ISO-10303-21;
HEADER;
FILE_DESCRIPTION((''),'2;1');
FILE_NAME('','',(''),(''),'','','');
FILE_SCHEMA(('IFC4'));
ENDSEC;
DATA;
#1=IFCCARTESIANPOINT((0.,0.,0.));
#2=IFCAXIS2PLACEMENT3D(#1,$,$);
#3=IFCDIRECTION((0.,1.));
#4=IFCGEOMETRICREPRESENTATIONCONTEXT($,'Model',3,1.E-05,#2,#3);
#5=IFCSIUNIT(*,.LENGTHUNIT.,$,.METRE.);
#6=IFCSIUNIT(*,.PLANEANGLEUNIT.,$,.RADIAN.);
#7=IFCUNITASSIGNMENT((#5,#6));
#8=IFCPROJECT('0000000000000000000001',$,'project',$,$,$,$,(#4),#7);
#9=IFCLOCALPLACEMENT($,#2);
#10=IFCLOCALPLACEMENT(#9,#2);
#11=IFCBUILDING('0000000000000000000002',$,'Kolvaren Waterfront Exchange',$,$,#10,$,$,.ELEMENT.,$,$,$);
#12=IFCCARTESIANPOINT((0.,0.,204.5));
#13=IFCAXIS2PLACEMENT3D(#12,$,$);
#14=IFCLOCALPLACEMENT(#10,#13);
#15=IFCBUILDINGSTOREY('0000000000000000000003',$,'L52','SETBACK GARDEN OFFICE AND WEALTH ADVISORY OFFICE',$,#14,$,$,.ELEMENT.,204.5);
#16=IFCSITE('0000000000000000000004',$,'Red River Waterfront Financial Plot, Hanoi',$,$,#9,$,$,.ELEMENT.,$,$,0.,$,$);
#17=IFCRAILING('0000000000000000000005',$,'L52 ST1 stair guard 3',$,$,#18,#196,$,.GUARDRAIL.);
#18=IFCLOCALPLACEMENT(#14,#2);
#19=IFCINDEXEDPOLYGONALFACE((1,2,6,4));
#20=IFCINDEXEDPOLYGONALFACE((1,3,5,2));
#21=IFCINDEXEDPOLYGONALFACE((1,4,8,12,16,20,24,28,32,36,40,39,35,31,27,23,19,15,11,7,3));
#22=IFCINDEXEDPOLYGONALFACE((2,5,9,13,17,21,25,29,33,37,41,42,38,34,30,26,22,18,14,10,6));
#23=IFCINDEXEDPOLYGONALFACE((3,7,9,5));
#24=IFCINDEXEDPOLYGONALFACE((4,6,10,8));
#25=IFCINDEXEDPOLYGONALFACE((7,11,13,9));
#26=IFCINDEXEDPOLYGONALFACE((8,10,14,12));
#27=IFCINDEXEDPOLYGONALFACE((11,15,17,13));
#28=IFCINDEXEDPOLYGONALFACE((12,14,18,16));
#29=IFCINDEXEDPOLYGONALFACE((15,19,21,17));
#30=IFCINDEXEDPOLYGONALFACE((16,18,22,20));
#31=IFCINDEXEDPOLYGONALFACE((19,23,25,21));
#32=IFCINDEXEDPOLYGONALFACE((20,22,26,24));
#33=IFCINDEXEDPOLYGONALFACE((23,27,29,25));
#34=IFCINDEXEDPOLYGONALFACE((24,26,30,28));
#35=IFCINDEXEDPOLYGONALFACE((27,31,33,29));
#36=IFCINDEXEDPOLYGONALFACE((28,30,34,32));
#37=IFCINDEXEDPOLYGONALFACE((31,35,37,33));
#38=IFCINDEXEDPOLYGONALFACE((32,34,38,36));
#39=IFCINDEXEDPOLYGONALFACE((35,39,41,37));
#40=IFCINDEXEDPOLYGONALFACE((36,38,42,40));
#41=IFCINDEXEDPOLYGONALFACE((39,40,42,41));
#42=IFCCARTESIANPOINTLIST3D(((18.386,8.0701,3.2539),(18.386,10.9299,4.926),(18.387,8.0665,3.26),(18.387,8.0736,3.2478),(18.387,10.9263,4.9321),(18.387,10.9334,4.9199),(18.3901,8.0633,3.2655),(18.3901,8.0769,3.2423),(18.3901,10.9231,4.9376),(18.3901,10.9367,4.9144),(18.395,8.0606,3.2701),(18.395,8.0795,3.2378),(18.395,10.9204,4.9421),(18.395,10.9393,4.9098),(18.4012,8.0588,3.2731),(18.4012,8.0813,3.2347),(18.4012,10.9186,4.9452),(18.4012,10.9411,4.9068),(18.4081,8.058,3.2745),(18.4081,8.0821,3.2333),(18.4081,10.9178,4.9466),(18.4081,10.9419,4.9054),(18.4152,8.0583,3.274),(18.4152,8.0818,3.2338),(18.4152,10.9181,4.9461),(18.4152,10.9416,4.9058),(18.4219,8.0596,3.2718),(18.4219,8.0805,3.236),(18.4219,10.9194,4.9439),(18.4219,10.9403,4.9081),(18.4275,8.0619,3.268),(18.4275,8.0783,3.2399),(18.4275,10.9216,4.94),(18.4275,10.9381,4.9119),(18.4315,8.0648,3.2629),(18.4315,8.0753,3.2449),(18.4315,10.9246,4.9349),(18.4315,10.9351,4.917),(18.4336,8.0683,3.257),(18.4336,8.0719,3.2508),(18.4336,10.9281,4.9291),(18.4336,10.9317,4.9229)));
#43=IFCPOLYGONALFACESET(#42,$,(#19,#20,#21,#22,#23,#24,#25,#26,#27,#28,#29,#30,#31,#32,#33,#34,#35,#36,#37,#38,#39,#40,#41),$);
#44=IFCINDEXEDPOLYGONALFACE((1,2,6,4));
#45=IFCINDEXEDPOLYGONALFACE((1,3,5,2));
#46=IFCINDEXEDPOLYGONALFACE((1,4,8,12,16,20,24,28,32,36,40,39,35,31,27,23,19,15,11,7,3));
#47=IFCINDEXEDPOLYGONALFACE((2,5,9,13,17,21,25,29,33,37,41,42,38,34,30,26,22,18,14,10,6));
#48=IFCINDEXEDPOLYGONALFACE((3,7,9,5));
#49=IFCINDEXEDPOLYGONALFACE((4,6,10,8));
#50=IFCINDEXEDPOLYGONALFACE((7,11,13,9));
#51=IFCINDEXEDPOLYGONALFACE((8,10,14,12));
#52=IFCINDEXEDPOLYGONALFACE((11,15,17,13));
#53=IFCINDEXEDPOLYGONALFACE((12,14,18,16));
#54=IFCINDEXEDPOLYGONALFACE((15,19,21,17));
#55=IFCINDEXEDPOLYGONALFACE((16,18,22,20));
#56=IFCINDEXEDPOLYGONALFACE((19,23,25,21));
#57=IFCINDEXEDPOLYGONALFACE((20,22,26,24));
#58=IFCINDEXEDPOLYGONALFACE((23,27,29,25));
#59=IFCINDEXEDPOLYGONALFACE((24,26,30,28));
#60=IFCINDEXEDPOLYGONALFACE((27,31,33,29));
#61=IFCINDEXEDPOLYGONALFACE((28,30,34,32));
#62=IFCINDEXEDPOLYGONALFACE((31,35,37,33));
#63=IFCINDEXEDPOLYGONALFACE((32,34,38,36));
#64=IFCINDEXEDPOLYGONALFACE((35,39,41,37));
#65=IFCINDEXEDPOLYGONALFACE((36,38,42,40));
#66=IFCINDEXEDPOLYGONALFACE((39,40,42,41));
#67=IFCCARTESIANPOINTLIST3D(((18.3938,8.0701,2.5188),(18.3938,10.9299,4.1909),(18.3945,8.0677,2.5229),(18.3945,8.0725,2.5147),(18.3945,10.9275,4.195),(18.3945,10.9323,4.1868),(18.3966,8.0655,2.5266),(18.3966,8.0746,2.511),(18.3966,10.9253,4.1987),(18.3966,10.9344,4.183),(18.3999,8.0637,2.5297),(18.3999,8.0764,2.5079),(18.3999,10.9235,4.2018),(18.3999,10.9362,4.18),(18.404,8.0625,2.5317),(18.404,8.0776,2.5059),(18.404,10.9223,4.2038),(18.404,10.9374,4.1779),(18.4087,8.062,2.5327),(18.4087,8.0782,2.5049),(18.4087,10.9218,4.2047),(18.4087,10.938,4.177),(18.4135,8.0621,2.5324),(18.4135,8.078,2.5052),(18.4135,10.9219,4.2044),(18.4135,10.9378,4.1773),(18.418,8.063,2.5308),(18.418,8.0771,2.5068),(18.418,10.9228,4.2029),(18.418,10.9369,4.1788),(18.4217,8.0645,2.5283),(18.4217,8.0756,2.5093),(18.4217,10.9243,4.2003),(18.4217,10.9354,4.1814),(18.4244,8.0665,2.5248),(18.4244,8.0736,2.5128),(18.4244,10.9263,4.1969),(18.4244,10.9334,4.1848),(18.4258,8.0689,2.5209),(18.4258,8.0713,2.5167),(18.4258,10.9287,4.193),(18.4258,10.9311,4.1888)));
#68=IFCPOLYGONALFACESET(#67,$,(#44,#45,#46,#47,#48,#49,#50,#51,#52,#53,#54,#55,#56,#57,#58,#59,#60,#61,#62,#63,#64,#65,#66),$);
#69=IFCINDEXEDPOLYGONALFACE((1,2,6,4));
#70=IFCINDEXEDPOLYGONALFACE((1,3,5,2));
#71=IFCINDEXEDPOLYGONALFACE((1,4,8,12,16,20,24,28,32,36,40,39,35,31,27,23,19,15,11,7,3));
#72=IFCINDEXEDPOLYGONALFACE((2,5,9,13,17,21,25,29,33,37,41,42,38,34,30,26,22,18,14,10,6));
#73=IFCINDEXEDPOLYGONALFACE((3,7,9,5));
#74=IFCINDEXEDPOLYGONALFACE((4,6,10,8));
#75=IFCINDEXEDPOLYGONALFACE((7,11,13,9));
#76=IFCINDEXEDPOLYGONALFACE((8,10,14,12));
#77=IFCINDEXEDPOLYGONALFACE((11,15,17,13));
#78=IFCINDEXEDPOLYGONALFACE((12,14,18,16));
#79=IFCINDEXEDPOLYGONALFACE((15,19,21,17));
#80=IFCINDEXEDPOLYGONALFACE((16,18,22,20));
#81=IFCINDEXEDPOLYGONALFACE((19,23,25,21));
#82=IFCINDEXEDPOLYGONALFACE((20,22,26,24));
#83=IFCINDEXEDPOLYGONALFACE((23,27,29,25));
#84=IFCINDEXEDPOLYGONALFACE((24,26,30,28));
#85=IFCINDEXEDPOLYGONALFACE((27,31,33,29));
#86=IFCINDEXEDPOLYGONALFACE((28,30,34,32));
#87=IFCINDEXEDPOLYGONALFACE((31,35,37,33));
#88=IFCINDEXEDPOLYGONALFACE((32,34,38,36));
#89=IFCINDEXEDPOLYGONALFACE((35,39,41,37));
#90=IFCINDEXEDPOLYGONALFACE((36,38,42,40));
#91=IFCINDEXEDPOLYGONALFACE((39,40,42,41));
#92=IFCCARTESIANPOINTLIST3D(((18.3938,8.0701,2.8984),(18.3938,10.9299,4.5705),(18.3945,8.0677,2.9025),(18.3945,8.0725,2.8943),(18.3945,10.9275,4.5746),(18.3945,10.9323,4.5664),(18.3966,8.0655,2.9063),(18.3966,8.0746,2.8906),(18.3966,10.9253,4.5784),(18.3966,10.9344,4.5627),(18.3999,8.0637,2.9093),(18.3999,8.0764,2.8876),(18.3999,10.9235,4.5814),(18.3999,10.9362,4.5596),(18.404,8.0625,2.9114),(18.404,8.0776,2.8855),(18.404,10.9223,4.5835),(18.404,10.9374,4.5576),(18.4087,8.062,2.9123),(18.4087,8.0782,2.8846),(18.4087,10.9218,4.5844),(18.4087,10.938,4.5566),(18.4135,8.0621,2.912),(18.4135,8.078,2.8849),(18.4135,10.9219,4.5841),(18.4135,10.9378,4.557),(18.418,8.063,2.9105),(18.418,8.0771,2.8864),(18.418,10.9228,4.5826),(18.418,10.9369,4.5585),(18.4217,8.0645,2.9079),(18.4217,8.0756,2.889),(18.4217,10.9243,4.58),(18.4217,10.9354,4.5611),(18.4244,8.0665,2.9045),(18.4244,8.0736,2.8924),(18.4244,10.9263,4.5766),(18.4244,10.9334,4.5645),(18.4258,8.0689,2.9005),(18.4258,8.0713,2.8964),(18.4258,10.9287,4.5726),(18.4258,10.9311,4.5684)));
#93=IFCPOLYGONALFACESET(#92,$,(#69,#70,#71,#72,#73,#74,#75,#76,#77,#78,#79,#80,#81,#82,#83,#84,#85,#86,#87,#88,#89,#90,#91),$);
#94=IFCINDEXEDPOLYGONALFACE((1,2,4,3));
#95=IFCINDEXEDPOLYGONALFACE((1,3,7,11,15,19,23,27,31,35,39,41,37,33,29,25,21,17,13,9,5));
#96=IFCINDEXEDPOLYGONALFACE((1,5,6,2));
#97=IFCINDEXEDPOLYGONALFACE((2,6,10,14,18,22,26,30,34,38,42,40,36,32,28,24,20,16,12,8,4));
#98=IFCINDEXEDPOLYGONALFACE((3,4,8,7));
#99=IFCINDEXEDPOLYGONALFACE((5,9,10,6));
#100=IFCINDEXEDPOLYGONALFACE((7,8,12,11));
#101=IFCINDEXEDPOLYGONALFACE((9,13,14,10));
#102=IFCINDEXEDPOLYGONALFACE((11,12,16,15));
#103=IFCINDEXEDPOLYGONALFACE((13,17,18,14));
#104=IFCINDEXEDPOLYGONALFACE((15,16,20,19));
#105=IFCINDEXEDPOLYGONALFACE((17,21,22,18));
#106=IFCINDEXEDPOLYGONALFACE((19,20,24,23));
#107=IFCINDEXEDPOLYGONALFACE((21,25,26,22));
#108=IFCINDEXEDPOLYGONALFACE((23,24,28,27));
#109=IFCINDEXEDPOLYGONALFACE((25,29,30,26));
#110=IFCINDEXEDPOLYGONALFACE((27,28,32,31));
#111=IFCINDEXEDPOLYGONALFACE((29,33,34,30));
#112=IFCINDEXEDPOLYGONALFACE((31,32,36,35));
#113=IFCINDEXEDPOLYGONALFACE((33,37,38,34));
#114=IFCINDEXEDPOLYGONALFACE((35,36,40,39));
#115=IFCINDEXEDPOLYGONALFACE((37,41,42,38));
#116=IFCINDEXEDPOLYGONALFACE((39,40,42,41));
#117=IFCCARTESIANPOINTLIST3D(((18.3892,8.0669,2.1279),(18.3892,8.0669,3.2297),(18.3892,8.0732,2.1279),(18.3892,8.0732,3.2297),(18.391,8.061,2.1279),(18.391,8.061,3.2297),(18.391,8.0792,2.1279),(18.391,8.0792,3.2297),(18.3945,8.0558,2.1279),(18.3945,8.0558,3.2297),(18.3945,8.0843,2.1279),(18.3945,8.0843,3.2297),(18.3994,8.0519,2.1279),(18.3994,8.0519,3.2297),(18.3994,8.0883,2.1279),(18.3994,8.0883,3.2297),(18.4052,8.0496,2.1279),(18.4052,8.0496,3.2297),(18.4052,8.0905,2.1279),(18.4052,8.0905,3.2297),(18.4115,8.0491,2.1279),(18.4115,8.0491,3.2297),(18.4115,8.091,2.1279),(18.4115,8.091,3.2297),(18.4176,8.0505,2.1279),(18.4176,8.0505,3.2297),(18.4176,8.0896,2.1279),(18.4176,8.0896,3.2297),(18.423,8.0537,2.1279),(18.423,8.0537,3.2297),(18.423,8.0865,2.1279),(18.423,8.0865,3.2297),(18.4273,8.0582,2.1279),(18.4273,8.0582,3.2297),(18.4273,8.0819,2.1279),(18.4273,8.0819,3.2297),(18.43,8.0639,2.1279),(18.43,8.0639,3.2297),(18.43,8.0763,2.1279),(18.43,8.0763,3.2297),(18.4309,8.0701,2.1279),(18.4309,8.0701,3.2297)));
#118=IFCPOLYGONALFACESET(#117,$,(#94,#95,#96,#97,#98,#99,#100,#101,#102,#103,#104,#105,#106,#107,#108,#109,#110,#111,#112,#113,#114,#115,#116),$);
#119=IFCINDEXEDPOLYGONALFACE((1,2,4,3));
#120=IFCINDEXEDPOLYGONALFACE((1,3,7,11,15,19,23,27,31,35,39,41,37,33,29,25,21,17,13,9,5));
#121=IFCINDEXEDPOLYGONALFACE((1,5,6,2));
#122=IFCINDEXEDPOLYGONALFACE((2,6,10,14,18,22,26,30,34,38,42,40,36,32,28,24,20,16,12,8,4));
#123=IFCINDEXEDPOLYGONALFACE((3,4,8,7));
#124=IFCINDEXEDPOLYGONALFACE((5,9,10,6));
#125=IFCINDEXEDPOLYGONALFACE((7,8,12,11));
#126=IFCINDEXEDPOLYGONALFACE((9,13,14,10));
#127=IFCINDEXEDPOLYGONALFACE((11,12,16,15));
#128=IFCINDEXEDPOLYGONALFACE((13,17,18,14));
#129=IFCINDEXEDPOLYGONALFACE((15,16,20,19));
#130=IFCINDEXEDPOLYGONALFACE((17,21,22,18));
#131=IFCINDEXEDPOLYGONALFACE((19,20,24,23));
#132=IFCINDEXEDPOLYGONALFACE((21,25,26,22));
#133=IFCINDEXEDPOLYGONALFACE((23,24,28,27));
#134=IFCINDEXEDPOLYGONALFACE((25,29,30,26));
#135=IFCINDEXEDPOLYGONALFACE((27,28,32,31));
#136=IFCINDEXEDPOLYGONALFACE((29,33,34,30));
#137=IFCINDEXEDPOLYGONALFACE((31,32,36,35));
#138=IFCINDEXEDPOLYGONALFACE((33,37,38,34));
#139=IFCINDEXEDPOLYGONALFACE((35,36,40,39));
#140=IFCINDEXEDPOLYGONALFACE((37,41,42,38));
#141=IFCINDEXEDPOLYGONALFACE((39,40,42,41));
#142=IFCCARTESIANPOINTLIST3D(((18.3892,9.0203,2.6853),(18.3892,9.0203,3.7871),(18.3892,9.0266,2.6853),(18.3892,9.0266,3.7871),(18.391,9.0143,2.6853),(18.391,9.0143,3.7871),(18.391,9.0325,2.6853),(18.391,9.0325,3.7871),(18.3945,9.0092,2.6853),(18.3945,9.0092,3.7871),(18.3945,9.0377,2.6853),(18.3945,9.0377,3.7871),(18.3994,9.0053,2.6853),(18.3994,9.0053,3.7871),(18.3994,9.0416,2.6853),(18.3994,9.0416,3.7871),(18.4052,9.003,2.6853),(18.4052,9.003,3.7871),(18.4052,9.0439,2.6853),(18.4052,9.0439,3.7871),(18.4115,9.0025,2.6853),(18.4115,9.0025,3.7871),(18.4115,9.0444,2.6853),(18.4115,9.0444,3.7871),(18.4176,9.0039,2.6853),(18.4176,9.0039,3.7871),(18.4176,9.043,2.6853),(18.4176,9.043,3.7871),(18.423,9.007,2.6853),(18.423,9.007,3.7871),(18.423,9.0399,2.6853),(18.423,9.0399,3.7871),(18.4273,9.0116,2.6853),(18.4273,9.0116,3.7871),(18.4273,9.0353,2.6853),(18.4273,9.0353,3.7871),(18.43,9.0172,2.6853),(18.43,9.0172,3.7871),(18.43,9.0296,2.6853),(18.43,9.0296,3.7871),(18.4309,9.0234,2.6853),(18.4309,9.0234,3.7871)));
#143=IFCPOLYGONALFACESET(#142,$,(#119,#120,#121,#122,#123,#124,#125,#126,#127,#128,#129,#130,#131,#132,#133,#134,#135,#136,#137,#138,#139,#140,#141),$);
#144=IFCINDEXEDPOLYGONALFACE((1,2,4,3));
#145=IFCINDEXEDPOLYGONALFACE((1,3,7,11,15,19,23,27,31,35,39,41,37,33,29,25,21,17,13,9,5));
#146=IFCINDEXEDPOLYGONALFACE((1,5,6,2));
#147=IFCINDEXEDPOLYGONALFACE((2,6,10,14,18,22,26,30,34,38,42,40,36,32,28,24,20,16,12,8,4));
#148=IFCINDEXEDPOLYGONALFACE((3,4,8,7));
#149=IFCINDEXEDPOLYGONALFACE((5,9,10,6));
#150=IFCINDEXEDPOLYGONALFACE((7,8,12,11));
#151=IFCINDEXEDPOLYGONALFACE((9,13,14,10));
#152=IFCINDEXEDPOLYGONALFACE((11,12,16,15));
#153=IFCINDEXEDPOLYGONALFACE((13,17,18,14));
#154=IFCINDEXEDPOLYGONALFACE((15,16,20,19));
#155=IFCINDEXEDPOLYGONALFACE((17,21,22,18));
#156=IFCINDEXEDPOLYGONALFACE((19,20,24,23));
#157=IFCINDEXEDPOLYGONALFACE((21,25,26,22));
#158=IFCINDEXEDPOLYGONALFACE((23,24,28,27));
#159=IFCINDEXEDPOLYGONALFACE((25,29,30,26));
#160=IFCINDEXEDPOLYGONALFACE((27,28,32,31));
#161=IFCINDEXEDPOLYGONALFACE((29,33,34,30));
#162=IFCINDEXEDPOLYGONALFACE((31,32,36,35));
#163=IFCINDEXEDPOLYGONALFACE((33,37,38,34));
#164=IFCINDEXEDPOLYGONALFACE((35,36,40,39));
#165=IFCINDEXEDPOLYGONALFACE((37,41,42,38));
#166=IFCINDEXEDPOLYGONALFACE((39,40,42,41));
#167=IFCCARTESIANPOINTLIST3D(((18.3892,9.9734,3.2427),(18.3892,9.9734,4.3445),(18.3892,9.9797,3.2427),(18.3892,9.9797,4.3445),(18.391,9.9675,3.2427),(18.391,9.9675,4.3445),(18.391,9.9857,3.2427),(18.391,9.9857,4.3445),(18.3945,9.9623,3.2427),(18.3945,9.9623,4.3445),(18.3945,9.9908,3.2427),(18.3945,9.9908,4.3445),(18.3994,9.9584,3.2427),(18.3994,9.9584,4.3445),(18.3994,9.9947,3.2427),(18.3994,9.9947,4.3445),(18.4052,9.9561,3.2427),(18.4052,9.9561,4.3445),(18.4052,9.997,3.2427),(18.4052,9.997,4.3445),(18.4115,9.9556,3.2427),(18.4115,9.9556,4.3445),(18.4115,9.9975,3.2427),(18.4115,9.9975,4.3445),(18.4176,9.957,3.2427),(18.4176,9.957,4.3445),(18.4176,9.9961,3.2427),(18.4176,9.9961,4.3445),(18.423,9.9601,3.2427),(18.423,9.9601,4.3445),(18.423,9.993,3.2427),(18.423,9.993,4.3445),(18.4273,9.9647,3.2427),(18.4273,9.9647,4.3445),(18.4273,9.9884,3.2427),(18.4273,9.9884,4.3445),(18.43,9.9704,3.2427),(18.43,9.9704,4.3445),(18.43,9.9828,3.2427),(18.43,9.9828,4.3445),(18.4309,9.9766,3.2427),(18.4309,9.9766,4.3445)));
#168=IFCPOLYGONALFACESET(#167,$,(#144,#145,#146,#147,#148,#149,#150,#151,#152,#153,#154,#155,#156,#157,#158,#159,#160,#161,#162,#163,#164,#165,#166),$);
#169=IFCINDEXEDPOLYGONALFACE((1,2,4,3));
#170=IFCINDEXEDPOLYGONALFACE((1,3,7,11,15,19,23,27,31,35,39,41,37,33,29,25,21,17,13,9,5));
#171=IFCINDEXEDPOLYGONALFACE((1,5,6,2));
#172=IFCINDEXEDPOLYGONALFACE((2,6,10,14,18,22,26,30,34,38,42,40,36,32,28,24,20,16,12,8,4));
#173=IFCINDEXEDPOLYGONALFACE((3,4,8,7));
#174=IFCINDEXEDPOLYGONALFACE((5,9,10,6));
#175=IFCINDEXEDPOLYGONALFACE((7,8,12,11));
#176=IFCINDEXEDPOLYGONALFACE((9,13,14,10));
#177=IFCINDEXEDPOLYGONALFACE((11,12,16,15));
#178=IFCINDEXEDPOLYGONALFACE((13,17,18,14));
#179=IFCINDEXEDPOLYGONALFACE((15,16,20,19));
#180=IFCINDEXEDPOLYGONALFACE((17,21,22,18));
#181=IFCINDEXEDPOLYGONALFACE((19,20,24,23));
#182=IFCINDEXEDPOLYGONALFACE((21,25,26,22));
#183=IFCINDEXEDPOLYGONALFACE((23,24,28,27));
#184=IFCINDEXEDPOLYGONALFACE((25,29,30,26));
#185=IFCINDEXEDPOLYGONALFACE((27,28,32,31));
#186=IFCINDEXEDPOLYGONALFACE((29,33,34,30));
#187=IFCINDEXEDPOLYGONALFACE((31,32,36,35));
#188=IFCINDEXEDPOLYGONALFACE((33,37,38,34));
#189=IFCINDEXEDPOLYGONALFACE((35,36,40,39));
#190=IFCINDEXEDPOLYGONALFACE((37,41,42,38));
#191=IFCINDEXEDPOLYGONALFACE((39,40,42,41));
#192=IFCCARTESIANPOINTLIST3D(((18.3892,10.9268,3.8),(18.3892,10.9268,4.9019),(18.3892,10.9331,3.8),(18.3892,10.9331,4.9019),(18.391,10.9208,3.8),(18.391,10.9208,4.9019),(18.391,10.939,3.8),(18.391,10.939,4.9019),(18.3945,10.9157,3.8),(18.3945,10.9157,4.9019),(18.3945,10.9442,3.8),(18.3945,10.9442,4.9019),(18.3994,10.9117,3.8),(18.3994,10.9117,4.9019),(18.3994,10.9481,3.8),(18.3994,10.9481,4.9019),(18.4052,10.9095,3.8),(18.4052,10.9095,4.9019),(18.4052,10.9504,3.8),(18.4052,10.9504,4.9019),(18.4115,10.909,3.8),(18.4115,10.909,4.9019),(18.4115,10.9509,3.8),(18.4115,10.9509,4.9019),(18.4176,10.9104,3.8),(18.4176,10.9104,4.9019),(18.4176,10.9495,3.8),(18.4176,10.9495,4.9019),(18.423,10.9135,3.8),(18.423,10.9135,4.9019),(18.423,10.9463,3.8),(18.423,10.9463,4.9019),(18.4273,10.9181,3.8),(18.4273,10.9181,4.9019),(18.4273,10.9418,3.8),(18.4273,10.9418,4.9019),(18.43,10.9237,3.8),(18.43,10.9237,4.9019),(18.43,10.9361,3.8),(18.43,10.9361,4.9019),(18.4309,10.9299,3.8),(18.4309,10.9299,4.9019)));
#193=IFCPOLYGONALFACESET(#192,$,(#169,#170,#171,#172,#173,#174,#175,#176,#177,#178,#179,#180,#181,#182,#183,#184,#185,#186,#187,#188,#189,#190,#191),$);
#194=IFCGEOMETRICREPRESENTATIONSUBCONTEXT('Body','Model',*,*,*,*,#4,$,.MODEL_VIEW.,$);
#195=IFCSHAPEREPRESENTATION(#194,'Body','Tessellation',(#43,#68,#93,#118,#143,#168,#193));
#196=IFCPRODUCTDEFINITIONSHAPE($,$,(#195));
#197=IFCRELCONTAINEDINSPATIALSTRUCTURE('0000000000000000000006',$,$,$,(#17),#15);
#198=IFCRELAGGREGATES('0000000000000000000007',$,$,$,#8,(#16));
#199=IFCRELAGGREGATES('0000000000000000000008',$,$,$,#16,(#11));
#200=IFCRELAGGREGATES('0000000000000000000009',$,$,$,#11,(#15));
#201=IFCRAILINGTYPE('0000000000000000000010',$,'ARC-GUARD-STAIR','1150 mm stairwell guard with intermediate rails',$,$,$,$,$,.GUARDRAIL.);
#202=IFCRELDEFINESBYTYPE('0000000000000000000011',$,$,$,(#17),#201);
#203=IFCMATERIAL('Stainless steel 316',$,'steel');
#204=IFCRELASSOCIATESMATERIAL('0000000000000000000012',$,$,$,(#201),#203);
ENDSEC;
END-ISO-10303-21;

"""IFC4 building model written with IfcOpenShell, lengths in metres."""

from ifc_helpers import new_model, si_unit, direction, frame, origin, origin_2d, place, context, subcontext, project, spatial, circle, extrude, material, type_object, element, save


model = new_model("IFC4")

# Units and contexts
model_context = context("Model", 3, precision=1e-05, world=origin(), true_north=direction((0.0, 1.0)))
body_context = subcontext(model_context, "Body", "Model", "MODEL_VIEW")
ifc_project = project(units=[si_unit("LENGTHUNIT", "METRE"), si_unit("PLANEANGLEUNIT", "RADIAN")], contexts=[model_context])

# Site, building, storey
site_placement = place(None, origin())
site = spatial("IfcSite", under=ifc_project, at=site_placement, Name="Red River Waterfront Financial Plot, Hanoi", CompositionType="ELEMENT", RefElevation=0.0)
building_placement = place(site_placement, origin())
building = spatial("IfcBuilding", under=site, at=building_placement, Name="Kolvaren Waterfront Exchange", CompositionType="ELEMENT")
storey_placement = place(building_placement, frame((0.0, 0.0, 204.5)))
storey = spatial("IfcBuildingStorey", under=building, at=storey_placement, Name="L52", Description="SETBACK GARDEN OFFICE AND WEALTH ADVISORY OFFICE", CompositionType="ELEMENT", Elevation=204.5)

# Railing
ifc_material_1 = material(Name="Stainless steel 316", Category="steel")
railing_type_1 = type_object("IfcRailingType", Name="ARC-GUARD-STAIR", Description="1150 mm stairwell guard with intermediate rails", PredefinedType="GUARDRAIL", material=ifc_material_1)
railing_1_placement = place(storey_placement, frame((18.4099, 8.0701, 2.1279)))
element("IfcRailing", 1, at=railing_1_placement, inside=storey, type_object=railing_type_1, Name="L52 ST1 stair guard 3", PredefinedType="GUARDRAIL", context=body_context, shape_type="SweptSolid", body=[
    extrude(circle(Radius=0.0239, at=origin_2d()), frame((0.0, 0.0, 1.126), z_axis=(0.0, 0.863271, 0.504741), x_axis=(-1.0, 0.0, 0.0)), (0.0, 0.0, 1.0), 3.3127),
    extrude(circle(Radius=0.0161, at=origin_2d()), frame((0.0, 0.0, 0.3909), z_axis=(0.0, 0.863271, 0.504741), x_axis=(-1.0, 0.0, 0.0)), (0.0, 0.0, 1.0), 3.3127),
    extrude(circle(Radius=0.0161, at=origin_2d()), frame((0.0, 0.0, 0.7705), z_axis=(0.0, 0.863271, 0.504741), x_axis=(-1.0, 0.0, 0.0)), (0.0, 0.0, 1.0), 3.3127),
    extrude(circle(Radius=0.021, at=origin_2d()), origin(), (0.0, 0.0, 1.0), 1.1018),
    extrude(circle(Radius=0.021, at=origin_2d()), frame((0.0, 0.9534, 0.5574)), (0.0, 0.0, 1.0), 1.1018),
    extrude(circle(Radius=0.021, at=origin_2d()), frame((0.0, 1.9065, 1.1147)), (0.0, 0.0, 1.0), 1.1018),
    extrude(circle(Radius=0.021, at=origin_2d()), frame((0.0, 2.8599, 1.6721)), (0.0, 0.0, 1.0), 1.1018),
])

save(model, "model.ifc")
